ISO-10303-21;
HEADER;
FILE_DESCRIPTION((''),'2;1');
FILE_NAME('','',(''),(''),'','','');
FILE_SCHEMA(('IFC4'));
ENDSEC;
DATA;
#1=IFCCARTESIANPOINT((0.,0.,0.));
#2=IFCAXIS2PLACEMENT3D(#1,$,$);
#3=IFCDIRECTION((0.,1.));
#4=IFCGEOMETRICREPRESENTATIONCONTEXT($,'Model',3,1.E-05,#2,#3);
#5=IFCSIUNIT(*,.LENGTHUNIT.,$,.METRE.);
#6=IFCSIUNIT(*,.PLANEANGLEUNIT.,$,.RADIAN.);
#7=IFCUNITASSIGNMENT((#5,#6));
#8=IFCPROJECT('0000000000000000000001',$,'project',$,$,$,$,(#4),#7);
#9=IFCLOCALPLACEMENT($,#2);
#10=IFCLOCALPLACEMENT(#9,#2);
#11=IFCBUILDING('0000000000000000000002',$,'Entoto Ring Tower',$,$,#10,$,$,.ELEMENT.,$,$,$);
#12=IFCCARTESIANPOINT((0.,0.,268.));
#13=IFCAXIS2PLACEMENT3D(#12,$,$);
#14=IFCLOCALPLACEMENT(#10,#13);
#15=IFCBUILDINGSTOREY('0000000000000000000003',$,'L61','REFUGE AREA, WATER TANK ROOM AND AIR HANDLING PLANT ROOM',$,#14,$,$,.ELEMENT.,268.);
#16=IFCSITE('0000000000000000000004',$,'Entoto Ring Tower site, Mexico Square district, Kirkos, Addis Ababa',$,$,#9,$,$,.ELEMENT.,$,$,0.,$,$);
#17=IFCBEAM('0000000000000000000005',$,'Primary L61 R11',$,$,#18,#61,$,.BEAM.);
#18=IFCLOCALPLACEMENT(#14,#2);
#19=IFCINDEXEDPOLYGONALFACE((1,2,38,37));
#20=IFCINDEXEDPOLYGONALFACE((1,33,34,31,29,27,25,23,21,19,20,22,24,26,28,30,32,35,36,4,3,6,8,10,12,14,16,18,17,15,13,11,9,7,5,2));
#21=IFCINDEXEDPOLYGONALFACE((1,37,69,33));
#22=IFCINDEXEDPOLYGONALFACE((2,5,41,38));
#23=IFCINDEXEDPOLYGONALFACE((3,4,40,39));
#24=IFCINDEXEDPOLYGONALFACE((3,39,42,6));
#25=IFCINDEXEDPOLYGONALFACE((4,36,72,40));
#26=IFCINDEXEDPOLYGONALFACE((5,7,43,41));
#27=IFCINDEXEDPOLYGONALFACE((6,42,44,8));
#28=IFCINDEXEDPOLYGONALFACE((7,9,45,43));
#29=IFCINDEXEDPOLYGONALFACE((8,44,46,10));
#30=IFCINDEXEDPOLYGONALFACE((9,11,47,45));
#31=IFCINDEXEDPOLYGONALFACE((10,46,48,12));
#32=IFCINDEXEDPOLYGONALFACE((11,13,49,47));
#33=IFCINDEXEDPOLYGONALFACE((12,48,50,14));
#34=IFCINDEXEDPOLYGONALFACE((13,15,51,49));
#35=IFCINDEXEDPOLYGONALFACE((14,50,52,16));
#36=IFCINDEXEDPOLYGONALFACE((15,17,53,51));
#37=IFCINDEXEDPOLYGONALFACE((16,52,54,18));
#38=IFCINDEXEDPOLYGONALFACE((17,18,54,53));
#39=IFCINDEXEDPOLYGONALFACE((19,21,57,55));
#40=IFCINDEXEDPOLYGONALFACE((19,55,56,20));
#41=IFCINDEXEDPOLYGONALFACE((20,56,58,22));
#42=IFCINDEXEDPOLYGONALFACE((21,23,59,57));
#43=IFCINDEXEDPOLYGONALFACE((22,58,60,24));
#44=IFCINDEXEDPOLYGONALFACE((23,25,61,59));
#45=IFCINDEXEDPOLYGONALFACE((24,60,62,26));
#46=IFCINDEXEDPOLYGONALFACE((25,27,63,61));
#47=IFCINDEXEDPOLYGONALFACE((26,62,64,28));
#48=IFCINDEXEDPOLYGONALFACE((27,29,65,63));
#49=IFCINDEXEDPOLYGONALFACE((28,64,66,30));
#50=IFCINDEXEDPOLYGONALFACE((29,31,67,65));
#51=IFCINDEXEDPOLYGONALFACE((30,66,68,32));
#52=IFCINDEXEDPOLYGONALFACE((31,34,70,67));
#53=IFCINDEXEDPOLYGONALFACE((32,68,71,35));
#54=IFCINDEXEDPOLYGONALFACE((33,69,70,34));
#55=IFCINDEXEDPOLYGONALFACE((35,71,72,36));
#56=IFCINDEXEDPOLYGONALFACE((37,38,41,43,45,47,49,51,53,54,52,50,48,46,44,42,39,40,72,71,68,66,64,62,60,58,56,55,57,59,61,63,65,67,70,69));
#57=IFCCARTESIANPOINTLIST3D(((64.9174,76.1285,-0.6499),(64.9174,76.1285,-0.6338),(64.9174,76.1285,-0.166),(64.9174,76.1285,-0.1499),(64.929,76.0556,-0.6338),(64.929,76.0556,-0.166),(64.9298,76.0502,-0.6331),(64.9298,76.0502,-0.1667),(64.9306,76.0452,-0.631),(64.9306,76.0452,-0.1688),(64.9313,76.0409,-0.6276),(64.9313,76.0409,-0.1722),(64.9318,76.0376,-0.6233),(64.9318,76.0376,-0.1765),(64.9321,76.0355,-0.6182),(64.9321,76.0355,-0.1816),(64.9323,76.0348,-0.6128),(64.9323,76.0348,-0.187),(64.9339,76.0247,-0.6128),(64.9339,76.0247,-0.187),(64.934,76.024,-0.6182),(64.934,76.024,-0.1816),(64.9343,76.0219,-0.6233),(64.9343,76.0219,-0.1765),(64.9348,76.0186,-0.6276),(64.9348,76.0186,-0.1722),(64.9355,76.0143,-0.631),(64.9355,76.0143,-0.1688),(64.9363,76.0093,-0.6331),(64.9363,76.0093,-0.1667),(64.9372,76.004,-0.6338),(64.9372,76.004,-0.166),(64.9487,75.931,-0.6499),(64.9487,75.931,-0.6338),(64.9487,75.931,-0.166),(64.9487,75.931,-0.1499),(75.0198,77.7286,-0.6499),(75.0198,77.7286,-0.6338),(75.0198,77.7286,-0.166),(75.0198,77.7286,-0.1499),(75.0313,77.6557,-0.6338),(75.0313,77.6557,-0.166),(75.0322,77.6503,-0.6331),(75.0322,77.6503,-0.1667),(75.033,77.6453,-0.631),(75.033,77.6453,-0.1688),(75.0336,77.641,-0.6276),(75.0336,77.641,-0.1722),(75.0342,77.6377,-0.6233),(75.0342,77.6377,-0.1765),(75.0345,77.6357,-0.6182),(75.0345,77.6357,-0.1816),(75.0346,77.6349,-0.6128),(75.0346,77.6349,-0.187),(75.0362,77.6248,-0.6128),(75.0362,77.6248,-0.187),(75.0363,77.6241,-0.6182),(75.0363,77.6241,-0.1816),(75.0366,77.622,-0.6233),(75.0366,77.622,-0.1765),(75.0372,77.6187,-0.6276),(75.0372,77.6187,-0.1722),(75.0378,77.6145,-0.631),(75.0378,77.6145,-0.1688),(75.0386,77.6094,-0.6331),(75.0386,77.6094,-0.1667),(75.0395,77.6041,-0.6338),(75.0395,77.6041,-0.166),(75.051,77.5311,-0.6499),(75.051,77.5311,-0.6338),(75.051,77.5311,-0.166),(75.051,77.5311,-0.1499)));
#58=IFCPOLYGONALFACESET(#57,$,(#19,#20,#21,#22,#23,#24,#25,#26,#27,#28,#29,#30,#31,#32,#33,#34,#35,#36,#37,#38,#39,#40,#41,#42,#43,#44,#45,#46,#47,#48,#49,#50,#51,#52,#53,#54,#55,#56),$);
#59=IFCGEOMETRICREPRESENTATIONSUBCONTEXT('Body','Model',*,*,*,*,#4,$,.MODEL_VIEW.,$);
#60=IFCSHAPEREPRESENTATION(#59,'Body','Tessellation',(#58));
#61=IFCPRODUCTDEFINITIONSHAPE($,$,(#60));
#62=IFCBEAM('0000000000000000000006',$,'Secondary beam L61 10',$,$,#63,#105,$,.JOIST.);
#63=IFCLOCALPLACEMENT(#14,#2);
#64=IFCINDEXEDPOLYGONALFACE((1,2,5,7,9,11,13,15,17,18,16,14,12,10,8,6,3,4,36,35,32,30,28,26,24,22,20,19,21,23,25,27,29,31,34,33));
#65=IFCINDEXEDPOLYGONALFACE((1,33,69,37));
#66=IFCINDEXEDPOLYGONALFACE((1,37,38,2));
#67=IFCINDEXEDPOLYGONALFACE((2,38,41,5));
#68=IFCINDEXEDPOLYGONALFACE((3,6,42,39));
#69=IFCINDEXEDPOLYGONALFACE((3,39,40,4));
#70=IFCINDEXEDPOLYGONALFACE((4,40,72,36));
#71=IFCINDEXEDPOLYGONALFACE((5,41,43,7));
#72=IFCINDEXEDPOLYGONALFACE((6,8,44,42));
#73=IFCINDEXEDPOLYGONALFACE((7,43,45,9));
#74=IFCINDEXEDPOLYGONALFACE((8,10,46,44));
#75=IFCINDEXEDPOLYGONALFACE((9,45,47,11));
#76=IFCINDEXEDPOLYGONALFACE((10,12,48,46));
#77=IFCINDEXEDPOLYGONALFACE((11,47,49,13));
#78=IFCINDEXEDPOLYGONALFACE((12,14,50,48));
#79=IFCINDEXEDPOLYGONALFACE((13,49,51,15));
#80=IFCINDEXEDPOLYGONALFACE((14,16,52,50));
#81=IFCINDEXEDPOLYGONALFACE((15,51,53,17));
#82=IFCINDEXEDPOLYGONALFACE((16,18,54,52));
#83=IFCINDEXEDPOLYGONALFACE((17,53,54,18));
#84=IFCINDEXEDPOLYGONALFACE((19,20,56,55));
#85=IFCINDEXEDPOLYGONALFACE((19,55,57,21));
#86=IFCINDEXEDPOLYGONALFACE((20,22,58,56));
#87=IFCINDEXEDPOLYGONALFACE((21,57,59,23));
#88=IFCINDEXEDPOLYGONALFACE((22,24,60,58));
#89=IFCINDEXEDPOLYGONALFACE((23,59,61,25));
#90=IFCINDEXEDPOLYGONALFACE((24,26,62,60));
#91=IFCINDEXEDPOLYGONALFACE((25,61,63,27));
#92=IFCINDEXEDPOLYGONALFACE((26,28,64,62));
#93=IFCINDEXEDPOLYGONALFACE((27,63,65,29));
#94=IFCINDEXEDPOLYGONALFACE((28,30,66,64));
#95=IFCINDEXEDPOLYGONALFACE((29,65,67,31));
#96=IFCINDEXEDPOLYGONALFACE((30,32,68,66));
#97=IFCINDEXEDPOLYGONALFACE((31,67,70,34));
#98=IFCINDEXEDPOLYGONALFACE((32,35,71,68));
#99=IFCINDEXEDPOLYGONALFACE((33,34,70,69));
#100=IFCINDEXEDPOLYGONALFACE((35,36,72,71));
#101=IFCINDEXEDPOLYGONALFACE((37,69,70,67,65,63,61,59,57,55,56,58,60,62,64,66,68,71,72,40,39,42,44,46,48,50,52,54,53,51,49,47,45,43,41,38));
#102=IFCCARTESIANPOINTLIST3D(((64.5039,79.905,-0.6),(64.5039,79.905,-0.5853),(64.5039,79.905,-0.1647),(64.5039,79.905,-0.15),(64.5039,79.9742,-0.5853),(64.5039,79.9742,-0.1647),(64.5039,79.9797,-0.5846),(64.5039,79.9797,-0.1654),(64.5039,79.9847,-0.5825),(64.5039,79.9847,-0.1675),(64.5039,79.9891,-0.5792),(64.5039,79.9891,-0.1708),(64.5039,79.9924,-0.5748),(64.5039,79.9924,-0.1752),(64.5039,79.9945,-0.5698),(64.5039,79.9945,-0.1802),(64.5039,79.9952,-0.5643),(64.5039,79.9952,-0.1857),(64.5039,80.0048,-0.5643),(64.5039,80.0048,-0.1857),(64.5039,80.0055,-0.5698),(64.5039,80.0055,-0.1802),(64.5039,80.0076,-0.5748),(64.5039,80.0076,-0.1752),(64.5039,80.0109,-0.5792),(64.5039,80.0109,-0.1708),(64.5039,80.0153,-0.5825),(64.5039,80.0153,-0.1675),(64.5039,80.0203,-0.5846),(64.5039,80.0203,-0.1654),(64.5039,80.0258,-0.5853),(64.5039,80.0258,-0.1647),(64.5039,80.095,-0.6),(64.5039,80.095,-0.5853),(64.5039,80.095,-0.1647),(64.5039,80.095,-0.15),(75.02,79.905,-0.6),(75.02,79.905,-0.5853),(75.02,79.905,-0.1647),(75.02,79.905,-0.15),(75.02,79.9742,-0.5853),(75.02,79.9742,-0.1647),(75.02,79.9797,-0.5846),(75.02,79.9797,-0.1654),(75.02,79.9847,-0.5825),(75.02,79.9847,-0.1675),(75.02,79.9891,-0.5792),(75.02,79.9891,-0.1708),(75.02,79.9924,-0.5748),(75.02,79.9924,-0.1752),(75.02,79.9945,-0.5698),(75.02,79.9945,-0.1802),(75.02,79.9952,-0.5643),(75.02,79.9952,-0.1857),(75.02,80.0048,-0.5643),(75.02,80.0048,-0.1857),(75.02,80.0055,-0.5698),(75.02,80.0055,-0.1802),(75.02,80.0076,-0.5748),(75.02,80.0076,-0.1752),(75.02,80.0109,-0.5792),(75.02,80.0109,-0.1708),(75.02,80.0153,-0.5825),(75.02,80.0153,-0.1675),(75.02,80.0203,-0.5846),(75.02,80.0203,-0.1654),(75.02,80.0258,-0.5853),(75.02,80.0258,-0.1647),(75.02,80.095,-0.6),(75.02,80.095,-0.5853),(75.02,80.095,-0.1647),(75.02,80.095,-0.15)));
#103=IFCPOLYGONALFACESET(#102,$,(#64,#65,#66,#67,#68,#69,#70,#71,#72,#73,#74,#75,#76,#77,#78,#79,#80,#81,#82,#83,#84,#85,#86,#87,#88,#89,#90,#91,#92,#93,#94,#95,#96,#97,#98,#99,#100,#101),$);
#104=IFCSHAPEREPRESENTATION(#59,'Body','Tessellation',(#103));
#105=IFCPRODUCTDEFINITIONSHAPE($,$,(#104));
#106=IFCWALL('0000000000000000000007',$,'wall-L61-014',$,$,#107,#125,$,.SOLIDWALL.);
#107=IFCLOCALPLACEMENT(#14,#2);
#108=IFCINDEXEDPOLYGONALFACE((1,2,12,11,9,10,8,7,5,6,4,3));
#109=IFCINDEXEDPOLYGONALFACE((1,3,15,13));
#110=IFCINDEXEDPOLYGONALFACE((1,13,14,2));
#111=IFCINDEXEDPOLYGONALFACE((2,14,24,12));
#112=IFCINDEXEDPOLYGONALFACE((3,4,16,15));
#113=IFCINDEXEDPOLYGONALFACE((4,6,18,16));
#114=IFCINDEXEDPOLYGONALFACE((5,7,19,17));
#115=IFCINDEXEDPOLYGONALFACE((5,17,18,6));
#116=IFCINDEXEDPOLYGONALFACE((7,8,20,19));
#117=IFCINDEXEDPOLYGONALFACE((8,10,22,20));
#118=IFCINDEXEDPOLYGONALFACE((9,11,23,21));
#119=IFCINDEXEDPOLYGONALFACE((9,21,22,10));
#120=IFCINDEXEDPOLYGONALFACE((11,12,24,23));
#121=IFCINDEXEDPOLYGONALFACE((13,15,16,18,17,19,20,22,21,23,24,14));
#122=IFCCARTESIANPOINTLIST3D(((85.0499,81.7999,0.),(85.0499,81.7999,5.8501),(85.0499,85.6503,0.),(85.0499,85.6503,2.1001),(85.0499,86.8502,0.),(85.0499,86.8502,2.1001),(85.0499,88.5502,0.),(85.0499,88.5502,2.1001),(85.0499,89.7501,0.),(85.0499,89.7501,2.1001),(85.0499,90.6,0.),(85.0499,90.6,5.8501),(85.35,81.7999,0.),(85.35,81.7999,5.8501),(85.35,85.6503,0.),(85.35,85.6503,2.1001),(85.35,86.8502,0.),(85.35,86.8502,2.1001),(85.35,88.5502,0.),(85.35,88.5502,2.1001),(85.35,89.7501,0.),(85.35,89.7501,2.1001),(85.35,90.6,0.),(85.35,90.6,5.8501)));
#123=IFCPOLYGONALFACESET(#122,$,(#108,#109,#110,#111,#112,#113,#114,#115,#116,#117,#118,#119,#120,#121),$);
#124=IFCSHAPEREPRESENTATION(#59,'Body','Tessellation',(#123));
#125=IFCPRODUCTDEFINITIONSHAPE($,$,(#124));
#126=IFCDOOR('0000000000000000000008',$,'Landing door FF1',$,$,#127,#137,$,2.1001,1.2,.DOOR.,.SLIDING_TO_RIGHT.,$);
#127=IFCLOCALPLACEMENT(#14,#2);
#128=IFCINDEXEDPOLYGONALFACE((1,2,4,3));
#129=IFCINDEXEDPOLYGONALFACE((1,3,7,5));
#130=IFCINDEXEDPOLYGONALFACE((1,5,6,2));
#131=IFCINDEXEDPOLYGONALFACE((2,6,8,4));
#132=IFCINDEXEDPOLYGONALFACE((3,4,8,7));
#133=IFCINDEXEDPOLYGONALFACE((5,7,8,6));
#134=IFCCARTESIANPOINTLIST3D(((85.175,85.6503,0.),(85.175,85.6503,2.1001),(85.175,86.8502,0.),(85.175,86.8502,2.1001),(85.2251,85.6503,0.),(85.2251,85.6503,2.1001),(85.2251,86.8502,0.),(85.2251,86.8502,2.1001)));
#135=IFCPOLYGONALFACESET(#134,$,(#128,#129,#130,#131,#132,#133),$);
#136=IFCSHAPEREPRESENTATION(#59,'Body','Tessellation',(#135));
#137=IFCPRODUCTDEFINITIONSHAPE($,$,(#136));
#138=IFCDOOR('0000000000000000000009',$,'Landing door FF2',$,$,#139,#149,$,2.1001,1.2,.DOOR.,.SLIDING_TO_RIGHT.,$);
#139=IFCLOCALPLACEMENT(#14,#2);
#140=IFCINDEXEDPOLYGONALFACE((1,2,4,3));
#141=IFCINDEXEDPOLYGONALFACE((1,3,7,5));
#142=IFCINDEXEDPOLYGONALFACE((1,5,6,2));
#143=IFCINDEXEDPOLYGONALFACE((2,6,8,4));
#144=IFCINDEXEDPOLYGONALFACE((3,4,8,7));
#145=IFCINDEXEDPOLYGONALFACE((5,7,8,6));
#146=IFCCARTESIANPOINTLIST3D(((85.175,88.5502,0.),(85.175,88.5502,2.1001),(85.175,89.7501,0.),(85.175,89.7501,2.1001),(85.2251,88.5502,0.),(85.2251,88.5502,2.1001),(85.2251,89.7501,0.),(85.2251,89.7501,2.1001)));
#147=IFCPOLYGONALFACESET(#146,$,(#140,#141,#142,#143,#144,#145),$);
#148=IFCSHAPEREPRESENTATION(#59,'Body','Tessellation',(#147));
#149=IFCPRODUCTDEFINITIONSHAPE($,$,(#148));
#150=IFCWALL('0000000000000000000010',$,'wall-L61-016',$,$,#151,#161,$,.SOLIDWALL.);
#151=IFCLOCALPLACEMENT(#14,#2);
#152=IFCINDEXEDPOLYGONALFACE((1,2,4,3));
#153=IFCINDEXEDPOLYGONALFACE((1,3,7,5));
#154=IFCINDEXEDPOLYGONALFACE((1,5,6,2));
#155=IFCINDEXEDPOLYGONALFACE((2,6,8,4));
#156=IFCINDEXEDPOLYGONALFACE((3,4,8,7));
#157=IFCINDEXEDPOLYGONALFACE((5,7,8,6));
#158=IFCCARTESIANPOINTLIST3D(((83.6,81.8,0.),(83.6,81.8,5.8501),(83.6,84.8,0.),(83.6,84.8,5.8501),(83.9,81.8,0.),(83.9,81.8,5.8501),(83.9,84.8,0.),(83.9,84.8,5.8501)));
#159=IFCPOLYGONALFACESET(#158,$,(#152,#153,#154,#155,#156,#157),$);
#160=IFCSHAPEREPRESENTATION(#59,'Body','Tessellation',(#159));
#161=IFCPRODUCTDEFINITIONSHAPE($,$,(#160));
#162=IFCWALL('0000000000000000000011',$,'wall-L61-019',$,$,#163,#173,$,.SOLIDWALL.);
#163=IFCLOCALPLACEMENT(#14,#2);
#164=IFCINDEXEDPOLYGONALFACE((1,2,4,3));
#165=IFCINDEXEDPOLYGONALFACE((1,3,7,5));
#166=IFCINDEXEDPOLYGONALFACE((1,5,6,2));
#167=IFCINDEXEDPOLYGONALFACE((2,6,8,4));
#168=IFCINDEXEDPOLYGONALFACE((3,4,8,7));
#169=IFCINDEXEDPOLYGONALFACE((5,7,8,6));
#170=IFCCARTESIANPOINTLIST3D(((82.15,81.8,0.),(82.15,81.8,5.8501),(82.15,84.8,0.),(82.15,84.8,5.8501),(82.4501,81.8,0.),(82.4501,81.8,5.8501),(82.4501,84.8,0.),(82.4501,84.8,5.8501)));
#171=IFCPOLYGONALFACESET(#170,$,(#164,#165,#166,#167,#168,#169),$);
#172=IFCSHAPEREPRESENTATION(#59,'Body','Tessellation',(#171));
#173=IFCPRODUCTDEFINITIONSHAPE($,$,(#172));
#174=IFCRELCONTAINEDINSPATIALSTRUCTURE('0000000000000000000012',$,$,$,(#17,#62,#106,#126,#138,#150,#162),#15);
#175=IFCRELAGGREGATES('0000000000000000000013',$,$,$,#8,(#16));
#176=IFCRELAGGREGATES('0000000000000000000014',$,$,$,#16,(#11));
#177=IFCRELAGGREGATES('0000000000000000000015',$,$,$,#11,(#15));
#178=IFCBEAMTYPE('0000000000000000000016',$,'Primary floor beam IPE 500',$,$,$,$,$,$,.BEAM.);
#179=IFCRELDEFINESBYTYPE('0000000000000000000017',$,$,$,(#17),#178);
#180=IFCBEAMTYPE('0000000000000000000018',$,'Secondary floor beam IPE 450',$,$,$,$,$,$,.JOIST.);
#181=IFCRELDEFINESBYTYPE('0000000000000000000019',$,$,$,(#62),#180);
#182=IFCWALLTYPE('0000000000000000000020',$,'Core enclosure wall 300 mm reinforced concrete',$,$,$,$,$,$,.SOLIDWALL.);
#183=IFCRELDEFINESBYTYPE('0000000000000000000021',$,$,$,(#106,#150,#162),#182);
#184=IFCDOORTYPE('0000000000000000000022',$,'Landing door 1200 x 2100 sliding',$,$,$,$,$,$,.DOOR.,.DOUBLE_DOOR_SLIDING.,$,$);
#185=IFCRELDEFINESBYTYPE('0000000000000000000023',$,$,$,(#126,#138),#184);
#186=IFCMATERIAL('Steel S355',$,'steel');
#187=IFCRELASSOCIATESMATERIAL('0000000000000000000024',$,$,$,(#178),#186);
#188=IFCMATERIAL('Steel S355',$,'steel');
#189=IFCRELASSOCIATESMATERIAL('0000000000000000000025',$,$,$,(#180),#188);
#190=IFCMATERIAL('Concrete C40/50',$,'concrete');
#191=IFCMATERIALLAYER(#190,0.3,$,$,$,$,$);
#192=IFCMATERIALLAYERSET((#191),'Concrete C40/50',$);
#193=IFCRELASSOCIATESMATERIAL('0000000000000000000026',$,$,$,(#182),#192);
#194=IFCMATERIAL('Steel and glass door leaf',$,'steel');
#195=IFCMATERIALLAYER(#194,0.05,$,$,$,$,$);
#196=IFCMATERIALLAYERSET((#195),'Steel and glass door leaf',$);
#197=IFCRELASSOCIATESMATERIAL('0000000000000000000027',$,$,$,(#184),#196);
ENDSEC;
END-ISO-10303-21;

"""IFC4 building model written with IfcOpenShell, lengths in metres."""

from ifc_helpers import new_model, si_unit, direction, frame, frame_2d, origin, origin_2d, place, context, subcontext, project, spatial, rectangle, i_section, extrude, material, layer, layer_set, material_profile, profile_set, type_object, element, fill, save


model = new_model("IFC4")

# Units and contexts
model_context = context("Model", 3, precision=1e-05, world=origin(), true_north=direction((0.0, 1.0)))
body_context = subcontext(model_context, "Body", "Model", "MODEL_VIEW")
ifc_project = project(units=[si_unit("LENGTHUNIT", "METRE"), si_unit("PLANEANGLEUNIT", "RADIAN")], contexts=[model_context])

# Site, building, storey
site_placement = place(None, origin())
site = spatial("IfcSite", under=ifc_project, at=site_placement, Name="Entoto Ring Tower site, Mexico Square district, Kirkos, Addis Ababa", CompositionType="ELEMENT", RefElevation=0.0)
building_placement = place(site_placement, origin())
building = spatial("IfcBuilding", under=site, at=building_placement, Name="Entoto Ring Tower", CompositionType="ELEMENT")
storey_placement = place(building_placement, frame((0.0, 0.0, 268.0)))
storey = spatial("IfcBuildingStorey", under=building, at=storey_placement, Name="L61", Description="REFUGE AREA, WATER TANK ROOM AND AIR HANDLING PLANT ROOM", CompositionType="ELEMENT", Elevation=268.0)

# Beams
ifc_material_1 = material(Name="Steel S355", Category="steel")
ifc_material_profile_1 = material_profile(ifc_material_1, i_section(OverallWidth=0.2, OverallDepth=0.5, WebThickness=0.0103, FlangeThickness=0.0161, FilletRadius=0.021, at=origin_2d()), Name="IPE 500")
ifc_profile_set_1 = profile_set([ifc_material_profile_1], Name="Steel S355")
beam_type_1 = type_object("IfcBeamType", Name="Primary floor beam IPE 500", PredefinedType="BEAM", material=ifc_profile_set_1)
for number, where, z_axis, x_axis, name in (
    (1, (75.0354, 77.6299, -0.3999), (-0.987688, -0.156439, 0.0), (0.156439, -0.987688, 0.0), "Primary L61 R11"),
):
    element("IfcBeam", number, at=place(storey_placement, frame(where, z_axis=z_axis, x_axis=x_axis)), inside=storey, type_object=beam_type_1, Name=name, PredefinedType="BEAM", context=body_context, shape_type="SweptSolid", body=[
        extrude(i_section(OverallWidth=0.2, OverallDepth=0.5, WebThickness=0.0103, FlangeThickness=0.0161, FilletRadius=0.021, at=origin_2d()), origin(), (0.0, 0.0, 1.0), 10.2283),
    ])
ifc_material_2 = material(Name="Steel S355", Category="steel")
ifc_material_profile_2 = material_profile(ifc_material_2, i_section(OverallWidth=0.1899, OverallDepth=0.45, WebThickness=0.0095, FlangeThickness=0.0146, FilletRadius=0.021, at=origin_2d()), Name="IPE 450")
ifc_profile_set_2 = profile_set([ifc_material_profile_2], Name="Steel S355")
beam_type_2 = type_object("IfcBeamType", Name="Secondary floor beam IPE 450", PredefinedType="JOIST", material=ifc_profile_set_2)
beam_placement = place(storey_placement, frame((75.02, 80.0, -0.375), z_axis=(-1.0, 0.0, 0.0), x_axis=(0.0, -1.0, 0.0)))
element("IfcBeam", 2, at=beam_placement, inside=storey, type_object=beam_type_2, Name="Secondary beam L61 10", PredefinedType="JOIST", context=body_context, shape_type="SweptSolid", body=[
    extrude(i_section(OverallWidth=0.1899, OverallDepth=0.45, WebThickness=0.0095, FlangeThickness=0.0146, FilletRadius=0.021, at=origin_2d()), origin(), (0.0, 0.0, 1.0), 10.5161),
])

# Wall, openings, doors
ifc_material_3 = material(Name="Concrete C40/50", Category="concrete")
ifc_layer_1 = layer(ifc_material_3, 0.3)
ifc_layer_set_1 = layer_set([ifc_layer_1], Name="Concrete C40/50")
wall_type = type_object("IfcWallType", Name="Core enclosure wall 300 mm reinforced concrete", PredefinedType="SOLIDWALL", material=ifc_layer_set_1)
wall_1_placement = place(storey_placement, frame((85.2, 81.8, 0.0), z_axis=(0.0, 0.0, 1.0), x_axis=(0.0, 1.0, 0.0)))
wall_1 = element("IfcWall", 3, at=wall_1_placement, inside=storey, type_object=wall_type, Name="wall-L61-014", PredefinedType="SOLIDWALL", context=body_context, shape_type="SweptSolid", body=[
    extrude(rectangle(XDim=8.8, YDim=0.3, at=frame_2d((4.3999, 0.0))), origin(), (0.0, 0.0, 1.0), 5.8501),
])
opening_1_placement = place(wall_1_placement, frame((3.8501, 0.0, 0.0)))
opening_1 = element("IfcOpeningElement", 4, at=opening_1_placement, cuts=wall_1, PredefinedType="OPENING", context=body_context, shape_type="SweptSolid", body=[
    extrude(rectangle(XDim=1.2, YDim=2.1001, at=frame_2d((0.6001, 1.05))), frame((0.0, 0.1602, 0.0), z_axis=(0.0, -1.0, 0.0), x_axis=(1.0, 0.0, 0.0)), (0.0, 0.0, 1.0), 0.3201),
])
opening_2_placement = place(wall_1_placement, frame((6.75, 0.0, 0.0)))
opening_2 = element("IfcOpeningElement", 5, at=opening_2_placement, cuts=wall_1, PredefinedType="OPENING", context=body_context, shape_type="SweptSolid", body=[
    extrude(rectangle(XDim=1.2, YDim=2.1001, at=frame_2d((0.6001, 1.05))), frame((0.0, 0.1602, 0.0), z_axis=(0.0, -1.0, 0.0), x_axis=(1.0, 0.0, 0.0)), (0.0, 0.0, 1.0), 0.3201),
])
ifc_material_4 = material(Name="Steel and glass door leaf", Category="steel")
ifc_layer_2 = layer(ifc_material_4, 0.05)
ifc_layer_set_2 = layer_set([ifc_layer_2], Name="Steel and glass door leaf")
door_type_1 = type_object("IfcDoorType", Name="Landing door 1200 x 2100 sliding", OperationType="DOUBLE_DOOR_SLIDING", PredefinedType="DOOR", material=ifc_layer_set_2)
door_1_placement = place(opening_1_placement, origin())
door_1 = element("IfcDoor", 6, at=door_1_placement, inside=storey, type_object=door_type_1, Name="Landing door FF1", OperationType="SLIDING_TO_RIGHT", OverallHeight=2.1001, OverallWidth=1.2, PredefinedType="DOOR", context=body_context, shape_type="SweptSolid", body=[
    extrude(rectangle(XDim=1.2, YDim=2.1001, at=frame_2d((0.6001, 1.05))), frame((0.0, 0.0249, 0.0), z_axis=(0.0, -1.0, 0.0), x_axis=(1.0, 0.0, 0.0)), (0.0, 0.0, 1.0), 0.05),
])
fill(opening_1, door_1)
door_2_placement = place(opening_2_placement, origin())
door_2 = element("IfcDoor", 7, at=door_2_placement, inside=storey, type_object=door_type_1, Name="Landing door FF2", OperationType="SLIDING_TO_RIGHT", OverallHeight=2.1001, OverallWidth=1.2, PredefinedType="DOOR", context=body_context, shape_type="SweptSolid", body=[
    extrude(rectangle(XDim=1.2, YDim=2.1001, at=frame_2d((0.6001, 1.05))), frame((0.0, 0.0249, 0.0), z_axis=(0.0, -1.0, 0.0), x_axis=(1.0, 0.0, 0.0)), (0.0, 0.0, 1.0), 0.05),
])
fill(opening_2, door_2)

# Walls
for number, where, z_axis, x_axis, name in (
    (8, (83.75, 81.8, 0.0), (0.0, 0.0, 1.0), (0.0, 1.0, 0.0), "wall-L61-016"),
    (9, (82.3, 81.8, 0.0), (0.0, 0.0, 1.0), (0.0, 1.0, 0.0), "wall-L61-019"),
):
    element("IfcWall", number, at=place(storey_placement, frame(where, z_axis=z_axis, x_axis=x_axis)), inside=storey, type_object=wall_type, Name=name, PredefinedType="SOLIDWALL", context=body_context, shape_type="SweptSolid", body=[
        extrude(rectangle(XDim=3.0, YDim=0.3, at=frame_2d((1.5, 0.0))), origin(), (0.0, 0.0, 1.0), 5.8501),
    ])

save(model, "model.ifc")
